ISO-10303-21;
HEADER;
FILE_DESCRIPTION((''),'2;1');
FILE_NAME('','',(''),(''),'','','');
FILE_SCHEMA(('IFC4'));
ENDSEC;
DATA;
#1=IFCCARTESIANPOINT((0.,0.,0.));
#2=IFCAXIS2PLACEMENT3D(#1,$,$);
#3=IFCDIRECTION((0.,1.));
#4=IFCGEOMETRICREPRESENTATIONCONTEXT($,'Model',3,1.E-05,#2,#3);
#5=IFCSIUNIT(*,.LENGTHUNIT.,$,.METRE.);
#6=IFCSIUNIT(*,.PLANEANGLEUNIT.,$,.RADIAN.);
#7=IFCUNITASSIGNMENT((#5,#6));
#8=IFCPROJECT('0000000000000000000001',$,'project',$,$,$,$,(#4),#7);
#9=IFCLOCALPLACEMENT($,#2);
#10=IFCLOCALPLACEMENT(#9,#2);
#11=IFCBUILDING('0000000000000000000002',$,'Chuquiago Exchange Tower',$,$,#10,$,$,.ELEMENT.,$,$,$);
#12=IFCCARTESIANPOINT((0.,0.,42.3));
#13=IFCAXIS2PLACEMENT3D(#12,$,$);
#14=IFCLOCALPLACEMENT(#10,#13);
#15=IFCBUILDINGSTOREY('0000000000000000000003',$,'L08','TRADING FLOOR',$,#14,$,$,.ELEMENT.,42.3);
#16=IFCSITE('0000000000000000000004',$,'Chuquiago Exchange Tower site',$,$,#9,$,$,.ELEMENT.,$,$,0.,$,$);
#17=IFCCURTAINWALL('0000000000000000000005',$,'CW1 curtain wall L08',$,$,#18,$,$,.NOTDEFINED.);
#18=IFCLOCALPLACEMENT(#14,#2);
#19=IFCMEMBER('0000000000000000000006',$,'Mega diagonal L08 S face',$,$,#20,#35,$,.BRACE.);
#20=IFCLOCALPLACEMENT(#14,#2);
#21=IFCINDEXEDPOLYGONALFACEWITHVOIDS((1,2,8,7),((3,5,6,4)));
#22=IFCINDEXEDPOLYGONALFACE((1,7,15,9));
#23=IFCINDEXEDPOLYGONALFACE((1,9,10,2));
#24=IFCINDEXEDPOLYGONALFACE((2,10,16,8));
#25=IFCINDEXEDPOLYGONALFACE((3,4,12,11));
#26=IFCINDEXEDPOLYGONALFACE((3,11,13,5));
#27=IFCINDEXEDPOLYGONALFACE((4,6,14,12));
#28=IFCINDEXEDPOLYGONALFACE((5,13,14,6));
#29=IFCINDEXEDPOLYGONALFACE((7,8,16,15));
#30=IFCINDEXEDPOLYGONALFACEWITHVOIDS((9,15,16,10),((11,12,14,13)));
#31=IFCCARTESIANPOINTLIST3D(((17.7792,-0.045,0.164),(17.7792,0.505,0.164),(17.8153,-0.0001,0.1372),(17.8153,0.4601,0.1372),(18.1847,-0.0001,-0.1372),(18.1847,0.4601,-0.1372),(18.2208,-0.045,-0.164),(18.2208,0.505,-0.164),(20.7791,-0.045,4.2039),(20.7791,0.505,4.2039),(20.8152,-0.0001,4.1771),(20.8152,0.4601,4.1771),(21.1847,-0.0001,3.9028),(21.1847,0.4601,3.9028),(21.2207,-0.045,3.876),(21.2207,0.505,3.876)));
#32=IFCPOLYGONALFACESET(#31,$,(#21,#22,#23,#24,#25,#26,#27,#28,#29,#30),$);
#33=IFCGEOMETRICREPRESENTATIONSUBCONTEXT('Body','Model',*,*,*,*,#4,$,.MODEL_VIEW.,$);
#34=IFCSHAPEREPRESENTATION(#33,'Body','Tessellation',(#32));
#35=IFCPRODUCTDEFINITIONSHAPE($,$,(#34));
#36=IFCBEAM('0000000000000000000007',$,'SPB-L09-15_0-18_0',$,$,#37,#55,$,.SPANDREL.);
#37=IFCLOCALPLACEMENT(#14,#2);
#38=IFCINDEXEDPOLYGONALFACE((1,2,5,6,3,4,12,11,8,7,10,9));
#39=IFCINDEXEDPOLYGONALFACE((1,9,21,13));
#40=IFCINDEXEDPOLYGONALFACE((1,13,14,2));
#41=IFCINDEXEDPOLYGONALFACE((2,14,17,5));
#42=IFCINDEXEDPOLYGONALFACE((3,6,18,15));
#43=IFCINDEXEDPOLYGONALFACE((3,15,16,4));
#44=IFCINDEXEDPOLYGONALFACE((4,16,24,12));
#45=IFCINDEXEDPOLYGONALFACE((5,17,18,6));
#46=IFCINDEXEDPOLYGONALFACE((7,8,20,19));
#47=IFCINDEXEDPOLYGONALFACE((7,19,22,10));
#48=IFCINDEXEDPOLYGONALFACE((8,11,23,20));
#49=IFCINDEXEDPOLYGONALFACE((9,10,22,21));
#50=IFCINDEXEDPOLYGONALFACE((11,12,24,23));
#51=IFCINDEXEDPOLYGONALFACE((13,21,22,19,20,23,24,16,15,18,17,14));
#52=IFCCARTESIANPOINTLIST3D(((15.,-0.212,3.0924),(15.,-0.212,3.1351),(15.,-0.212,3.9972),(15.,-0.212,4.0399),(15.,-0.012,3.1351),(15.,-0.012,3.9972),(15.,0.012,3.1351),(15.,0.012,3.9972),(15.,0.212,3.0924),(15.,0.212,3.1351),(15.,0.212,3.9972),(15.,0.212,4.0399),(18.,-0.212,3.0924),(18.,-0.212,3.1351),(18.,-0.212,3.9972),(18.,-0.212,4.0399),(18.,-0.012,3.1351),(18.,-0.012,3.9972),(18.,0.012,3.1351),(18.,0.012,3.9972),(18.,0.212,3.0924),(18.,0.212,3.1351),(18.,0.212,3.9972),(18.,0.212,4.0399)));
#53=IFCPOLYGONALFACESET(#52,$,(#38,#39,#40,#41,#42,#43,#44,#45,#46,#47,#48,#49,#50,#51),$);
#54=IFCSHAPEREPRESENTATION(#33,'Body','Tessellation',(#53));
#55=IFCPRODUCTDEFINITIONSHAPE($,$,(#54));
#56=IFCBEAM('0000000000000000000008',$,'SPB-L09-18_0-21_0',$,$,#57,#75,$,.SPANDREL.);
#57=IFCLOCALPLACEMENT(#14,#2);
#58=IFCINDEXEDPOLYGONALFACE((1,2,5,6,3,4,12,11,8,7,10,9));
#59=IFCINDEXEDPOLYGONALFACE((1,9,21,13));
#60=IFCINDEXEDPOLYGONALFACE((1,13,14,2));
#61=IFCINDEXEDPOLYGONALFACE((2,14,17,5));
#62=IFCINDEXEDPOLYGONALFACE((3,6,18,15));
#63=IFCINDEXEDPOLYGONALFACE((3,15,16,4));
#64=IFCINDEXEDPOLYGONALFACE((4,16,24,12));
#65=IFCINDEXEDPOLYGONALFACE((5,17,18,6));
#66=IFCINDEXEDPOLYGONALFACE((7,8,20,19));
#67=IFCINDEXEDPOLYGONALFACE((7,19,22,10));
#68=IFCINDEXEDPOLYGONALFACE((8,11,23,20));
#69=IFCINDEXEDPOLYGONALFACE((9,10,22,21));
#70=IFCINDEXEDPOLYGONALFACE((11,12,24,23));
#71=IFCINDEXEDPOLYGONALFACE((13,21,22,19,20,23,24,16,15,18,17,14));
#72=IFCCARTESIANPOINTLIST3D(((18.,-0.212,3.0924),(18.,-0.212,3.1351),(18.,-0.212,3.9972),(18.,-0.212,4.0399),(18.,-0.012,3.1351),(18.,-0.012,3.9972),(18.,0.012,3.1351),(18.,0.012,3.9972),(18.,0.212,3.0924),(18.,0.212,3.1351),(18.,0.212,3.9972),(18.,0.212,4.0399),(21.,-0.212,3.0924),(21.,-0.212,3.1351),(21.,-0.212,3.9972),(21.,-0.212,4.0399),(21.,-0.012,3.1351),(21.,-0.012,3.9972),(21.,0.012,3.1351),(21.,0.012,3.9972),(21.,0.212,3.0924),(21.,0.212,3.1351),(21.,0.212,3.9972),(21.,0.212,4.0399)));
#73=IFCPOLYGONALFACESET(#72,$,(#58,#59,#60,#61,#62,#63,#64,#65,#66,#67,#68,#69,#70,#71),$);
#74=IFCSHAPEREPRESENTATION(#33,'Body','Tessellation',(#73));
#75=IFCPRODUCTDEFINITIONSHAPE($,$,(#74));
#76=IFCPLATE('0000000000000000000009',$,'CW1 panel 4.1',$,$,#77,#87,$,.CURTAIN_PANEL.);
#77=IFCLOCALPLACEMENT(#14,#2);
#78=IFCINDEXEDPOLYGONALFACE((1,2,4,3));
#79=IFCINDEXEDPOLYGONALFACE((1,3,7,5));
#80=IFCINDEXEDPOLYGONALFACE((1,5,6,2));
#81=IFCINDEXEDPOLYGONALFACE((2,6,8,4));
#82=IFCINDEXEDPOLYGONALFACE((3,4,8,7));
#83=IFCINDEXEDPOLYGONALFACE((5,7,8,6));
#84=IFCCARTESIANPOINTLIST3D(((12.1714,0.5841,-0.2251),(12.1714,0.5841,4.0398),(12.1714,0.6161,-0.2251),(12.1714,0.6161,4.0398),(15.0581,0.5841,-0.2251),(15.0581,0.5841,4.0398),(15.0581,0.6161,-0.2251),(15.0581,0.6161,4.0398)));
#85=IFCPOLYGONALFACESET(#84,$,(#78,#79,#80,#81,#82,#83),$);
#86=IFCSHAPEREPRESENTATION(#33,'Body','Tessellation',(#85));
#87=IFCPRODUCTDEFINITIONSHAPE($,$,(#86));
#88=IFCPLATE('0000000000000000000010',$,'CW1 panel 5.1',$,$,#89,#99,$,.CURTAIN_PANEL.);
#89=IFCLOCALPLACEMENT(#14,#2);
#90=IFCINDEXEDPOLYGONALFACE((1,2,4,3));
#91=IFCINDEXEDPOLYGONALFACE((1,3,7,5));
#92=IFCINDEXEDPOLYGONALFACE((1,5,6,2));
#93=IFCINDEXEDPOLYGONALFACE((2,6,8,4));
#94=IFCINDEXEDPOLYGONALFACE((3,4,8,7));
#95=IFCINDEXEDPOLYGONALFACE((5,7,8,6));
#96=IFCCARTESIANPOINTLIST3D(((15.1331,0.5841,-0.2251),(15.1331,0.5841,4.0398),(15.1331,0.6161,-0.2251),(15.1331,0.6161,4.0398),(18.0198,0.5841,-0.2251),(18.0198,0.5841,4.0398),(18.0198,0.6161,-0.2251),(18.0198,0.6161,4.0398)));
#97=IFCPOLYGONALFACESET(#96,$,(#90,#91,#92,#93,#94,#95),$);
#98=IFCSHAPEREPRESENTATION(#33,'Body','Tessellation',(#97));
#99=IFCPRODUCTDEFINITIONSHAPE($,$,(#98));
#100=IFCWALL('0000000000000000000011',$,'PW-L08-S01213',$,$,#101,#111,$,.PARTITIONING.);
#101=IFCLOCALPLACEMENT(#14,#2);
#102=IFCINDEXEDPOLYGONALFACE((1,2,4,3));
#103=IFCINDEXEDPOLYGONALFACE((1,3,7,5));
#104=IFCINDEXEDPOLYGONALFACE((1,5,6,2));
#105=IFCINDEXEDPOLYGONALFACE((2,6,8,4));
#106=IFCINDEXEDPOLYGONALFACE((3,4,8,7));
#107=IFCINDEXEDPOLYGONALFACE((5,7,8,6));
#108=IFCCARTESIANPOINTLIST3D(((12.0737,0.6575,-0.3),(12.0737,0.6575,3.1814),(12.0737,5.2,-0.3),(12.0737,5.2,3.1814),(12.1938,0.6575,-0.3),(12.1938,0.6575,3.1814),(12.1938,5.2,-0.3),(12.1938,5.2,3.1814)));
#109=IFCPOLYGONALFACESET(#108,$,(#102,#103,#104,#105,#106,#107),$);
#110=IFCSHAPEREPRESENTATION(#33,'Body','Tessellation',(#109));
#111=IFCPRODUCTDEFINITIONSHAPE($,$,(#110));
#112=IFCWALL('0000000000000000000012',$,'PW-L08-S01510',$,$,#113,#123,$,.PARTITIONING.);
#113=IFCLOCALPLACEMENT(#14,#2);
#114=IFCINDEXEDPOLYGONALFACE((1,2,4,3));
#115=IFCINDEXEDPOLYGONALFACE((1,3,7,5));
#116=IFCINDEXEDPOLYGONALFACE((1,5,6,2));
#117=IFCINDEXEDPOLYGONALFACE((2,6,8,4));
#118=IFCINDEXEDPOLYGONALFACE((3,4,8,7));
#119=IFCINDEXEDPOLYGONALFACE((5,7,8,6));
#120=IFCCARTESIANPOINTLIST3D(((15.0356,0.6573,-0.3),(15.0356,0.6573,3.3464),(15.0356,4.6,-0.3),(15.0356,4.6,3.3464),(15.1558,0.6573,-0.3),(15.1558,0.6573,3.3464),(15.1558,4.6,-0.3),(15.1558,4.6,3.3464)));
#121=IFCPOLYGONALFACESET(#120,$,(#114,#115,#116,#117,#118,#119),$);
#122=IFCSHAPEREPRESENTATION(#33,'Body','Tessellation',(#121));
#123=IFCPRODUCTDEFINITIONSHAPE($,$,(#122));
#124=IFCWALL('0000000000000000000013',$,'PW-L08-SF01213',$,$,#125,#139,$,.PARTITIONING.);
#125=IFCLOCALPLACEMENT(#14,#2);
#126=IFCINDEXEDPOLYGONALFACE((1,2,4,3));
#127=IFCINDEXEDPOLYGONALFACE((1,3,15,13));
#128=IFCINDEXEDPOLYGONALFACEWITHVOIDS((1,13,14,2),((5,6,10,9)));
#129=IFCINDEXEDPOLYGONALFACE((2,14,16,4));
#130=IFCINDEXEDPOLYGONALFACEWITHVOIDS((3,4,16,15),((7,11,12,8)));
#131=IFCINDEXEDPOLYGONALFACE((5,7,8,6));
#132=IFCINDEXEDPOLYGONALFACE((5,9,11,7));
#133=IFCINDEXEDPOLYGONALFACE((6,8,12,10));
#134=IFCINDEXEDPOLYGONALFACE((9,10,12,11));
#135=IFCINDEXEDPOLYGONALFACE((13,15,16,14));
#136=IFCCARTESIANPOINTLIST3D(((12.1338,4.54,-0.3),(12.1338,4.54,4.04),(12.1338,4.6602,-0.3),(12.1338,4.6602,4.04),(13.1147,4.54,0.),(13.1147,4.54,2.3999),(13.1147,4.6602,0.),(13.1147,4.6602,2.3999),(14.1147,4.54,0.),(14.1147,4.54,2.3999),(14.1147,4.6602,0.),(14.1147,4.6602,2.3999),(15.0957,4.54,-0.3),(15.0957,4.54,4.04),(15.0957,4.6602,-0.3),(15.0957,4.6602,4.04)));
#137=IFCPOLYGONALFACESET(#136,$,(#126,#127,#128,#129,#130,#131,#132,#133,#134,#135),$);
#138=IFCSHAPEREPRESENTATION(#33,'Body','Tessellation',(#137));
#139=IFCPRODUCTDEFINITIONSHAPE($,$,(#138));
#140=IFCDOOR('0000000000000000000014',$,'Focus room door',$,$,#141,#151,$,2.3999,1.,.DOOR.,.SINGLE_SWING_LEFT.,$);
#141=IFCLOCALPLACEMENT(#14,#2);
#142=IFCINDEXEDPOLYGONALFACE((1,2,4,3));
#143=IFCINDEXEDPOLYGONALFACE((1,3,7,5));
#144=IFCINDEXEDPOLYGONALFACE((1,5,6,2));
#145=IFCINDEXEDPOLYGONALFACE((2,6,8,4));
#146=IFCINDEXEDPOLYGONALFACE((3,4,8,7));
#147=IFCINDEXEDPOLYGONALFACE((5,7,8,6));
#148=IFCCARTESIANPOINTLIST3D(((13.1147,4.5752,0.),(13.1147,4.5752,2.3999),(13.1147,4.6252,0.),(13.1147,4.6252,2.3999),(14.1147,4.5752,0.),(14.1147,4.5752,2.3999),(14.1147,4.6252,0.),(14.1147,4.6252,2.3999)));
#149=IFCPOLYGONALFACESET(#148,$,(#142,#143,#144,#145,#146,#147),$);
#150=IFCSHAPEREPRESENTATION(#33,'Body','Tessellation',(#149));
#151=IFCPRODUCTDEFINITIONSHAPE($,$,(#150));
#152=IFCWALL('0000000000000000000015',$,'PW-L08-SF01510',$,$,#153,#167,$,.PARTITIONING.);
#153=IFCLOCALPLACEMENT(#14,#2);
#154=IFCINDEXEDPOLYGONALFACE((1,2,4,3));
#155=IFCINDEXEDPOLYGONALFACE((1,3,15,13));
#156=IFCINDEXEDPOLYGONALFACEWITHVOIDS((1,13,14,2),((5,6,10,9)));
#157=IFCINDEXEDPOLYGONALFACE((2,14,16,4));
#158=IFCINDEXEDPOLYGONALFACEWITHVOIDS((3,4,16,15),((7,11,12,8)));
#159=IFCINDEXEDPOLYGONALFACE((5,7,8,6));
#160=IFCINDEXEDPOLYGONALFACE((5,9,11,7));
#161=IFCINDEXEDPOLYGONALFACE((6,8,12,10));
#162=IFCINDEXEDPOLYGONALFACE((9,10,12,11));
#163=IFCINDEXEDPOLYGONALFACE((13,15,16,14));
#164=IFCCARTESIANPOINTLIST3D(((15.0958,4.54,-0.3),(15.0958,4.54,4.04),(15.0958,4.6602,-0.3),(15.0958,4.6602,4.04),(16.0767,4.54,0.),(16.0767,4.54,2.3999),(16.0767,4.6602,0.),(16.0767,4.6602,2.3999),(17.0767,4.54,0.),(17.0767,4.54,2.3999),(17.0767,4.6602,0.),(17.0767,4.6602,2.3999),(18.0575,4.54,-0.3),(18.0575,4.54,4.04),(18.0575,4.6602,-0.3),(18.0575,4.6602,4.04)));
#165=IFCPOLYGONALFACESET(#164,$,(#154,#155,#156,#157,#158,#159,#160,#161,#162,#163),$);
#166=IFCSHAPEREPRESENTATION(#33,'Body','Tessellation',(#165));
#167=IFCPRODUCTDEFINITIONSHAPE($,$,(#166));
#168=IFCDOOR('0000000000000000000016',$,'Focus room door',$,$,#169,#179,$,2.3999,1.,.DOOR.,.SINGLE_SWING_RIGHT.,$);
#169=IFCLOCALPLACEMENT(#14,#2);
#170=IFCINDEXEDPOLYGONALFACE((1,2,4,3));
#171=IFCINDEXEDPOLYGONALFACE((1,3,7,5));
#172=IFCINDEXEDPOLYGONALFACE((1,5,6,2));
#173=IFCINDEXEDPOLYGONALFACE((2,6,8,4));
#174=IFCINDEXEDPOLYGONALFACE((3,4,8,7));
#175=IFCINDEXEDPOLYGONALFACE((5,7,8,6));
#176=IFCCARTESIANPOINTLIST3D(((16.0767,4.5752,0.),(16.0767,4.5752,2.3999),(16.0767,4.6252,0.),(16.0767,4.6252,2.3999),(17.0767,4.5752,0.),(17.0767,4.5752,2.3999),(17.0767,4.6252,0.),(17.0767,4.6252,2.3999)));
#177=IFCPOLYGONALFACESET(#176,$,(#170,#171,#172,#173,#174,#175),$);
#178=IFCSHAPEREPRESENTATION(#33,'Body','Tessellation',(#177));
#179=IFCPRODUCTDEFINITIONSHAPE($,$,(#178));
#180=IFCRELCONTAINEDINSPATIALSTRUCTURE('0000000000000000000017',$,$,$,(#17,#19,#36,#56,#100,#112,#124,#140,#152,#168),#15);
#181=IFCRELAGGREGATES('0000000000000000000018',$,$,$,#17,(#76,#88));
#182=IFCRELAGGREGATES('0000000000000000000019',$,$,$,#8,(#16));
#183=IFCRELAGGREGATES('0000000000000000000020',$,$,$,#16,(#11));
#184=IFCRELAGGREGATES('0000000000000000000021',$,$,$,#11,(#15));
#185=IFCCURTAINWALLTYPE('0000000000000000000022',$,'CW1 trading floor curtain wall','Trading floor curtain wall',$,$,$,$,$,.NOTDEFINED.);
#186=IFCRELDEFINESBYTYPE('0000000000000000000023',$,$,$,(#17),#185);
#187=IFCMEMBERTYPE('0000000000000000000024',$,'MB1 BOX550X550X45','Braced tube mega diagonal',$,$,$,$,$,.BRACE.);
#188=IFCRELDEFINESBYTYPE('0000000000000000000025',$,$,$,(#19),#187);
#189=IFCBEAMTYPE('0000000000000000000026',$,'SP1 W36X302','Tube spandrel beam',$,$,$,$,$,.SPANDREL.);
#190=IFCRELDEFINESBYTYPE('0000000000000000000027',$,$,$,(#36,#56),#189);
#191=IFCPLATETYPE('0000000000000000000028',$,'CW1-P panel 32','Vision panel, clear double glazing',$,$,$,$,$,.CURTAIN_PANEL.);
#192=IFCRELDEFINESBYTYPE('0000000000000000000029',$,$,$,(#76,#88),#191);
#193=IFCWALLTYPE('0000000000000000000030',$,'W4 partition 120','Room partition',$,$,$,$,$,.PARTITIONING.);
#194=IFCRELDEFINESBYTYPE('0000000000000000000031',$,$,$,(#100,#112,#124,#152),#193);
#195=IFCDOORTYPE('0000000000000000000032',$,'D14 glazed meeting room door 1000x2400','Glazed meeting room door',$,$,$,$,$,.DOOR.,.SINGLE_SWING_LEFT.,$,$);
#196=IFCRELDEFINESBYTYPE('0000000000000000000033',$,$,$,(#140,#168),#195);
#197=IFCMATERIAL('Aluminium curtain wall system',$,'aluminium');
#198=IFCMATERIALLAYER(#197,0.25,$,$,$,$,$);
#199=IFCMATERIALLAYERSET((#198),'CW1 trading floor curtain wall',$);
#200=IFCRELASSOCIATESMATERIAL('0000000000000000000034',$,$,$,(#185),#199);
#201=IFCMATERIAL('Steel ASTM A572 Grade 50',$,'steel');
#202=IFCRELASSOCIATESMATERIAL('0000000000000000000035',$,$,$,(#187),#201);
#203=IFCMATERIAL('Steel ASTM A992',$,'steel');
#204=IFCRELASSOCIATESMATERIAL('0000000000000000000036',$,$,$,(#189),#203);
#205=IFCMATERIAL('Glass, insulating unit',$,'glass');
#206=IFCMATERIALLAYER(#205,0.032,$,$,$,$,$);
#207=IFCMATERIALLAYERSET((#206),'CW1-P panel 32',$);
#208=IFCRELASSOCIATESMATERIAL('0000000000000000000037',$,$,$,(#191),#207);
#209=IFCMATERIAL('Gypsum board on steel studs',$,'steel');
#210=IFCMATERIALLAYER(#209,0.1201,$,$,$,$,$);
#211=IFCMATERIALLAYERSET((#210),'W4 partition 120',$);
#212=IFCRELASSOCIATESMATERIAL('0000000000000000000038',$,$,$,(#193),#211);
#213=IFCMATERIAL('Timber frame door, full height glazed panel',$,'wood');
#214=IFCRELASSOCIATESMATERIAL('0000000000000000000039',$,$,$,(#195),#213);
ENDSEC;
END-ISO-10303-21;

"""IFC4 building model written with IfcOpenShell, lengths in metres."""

from ifc_helpers import new_model, si_unit, direction, frame, frame_2d, origin, origin_2d, place, context, subcontext, project, spatial, rectangle, hollow_rectangle, i_section, extrude, material, layer, layer_set, material_profile, profile_set, type_object, element, fill, aggregate, save


model = new_model("IFC4")

# Units and contexts
model_context = context("Model", 3, precision=1e-05, world=origin(), true_north=direction((0.0, 1.0)))
body_context = subcontext(model_context, "Body", "Model", "MODEL_VIEW")
ifc_project = project(units=[si_unit("LENGTHUNIT", "METRE"), si_unit("PLANEANGLEUNIT", "RADIAN")], contexts=[model_context])

# Site, building, storey
site_placement = place(None, origin())
site = spatial("IfcSite", under=ifc_project, at=site_placement, Name="Chuquiago Exchange Tower site", CompositionType="ELEMENT", RefElevation=0.0)
building_placement = place(site_placement, origin())
building = spatial("IfcBuilding", under=site, at=building_placement, Name="Chuquiago Exchange Tower", CompositionType="ELEMENT")
storey_placement = place(building_placement, frame((0.0, 0.0, 42.3)))
storey = spatial("IfcBuildingStorey", under=building, at=storey_placement, Name="L08", Description="TRADING FLOOR", CompositionType="ELEMENT", Elevation=42.3)

# Curtain wall
ifc_material_1 = material(Name="Aluminium curtain wall system", Category="aluminium")
ifc_layer_1 = layer(ifc_material_1, 0.25)
ifc_layer_set_1 = layer_set([ifc_layer_1], Name="CW1 trading floor curtain wall")
curtain_wall_type = type_object("IfcCurtainWallType", Name="CW1 trading floor curtain wall", Description="Trading floor curtain wall", PredefinedType="NOTDEFINED", material=ifc_layer_set_1)
curtain_wall_placement = place(storey_placement, origin())
curtain_wall = element("IfcCurtainWall", 1, at=curtain_wall_placement, inside=storey, type_object=curtain_wall_type, Name="CW1 curtain wall L08", PredefinedType="NOTDEFINED")

# Member
ifc_material_2 = material(Name="Steel ASTM A572 Grade 50", Category="steel")
ifc_material_profile_1 = material_profile(ifc_material_2, hollow_rectangle(XDim=0.55, YDim=0.55, WallThickness=0.0449, at=origin_2d()), Name="BOX550X550X45")
ifc_profile_set_1 = profile_set([ifc_material_profile_1], Name="Steel ASTM A572 Grade 50")
member_type_1 = type_object("IfcMemberType", Name="MB1 BOX550X550X45", Description="Braced tube mega diagonal", PredefinedType="BRACE", material=ifc_profile_set_1)
member_1_placement = place(storey_placement, frame((18.0, 0.23, 0.0), z_axis=(0.596174, 0.0, 0.802855), x_axis=(0.0, 1.0, 0.0)))
element("IfcMember", 2, at=member_1_placement, inside=storey, type_object=member_type_1, Name="Mega diagonal L08 S face", PredefinedType="BRACE", context=body_context, shape_type="SweptSolid", body=[
    extrude(hollow_rectangle(XDim=0.55, YDim=0.55, WallThickness=0.0449, at=origin_2d()), origin(), (0.0, 0.0, 1.0), 5.032),
])

# Beams
ifc_material_3 = material(Name="Steel ASTM A992", Category="steel")
ifc_material_profile_2 = material_profile(ifc_material_3, i_section(OverallWidth=0.4241, OverallDepth=0.9475, WebThickness=0.0239, FlangeThickness=0.0427, at=origin_2d()), Name="W36X302")
ifc_profile_set_2 = profile_set([ifc_material_profile_2], Name="Steel ASTM A992")
beam_type_1 = type_object("IfcBeamType", Name="SP1 W36X302", Description="Tube spandrel beam", PredefinedType="SPANDREL", material=ifc_profile_set_2)
for number, where, z_axis, x_axis, name in (
    (3, (15.0, 0.0, 3.5662), (1.0, 0.0, 0.0), (0.0, 1.0, 0.0), "SPB-L09-15_0-18_0"),
    (4, (18.0, 0.0, 3.5662), (1.0, 0.0, 0.0), (0.0, 1.0, 0.0), "SPB-L09-18_0-21_0"),
):
    element("IfcBeam", number, at=place(storey_placement, frame(where, z_axis=z_axis, x_axis=x_axis)), inside=storey, type_object=beam_type_1, Name=name, PredefinedType="SPANDREL", context=body_context, shape_type="SweptSolid", body=[
        extrude(i_section(OverallWidth=0.4241, OverallDepth=0.9475, WebThickness=0.0239, FlangeThickness=0.0427, at=origin_2d()), origin(), (0.0, 0.0, 1.0), 3.0),
    ])

# Plates
ifc_material_4 = material(Name="Glass, insulating unit", Category="glass")
ifc_layer_2 = layer(ifc_material_4, 0.032)
ifc_layer_set_2 = layer_set([ifc_layer_2], Name="CW1-P panel 32")
plate_type = type_object("IfcPlateType", Name="CW1-P panel 32", Description="Vision panel, clear double glazing", PredefinedType="CURTAIN_PANEL", material=ifc_layer_set_2)
plate_1_placement = place(storey_placement, frame((13.6147, 0.6001, -0.2251), z_axis=(0.0, 0.0, 1.0), x_axis=(1.0, 0.0, 0.0)))
plate_1 = element("IfcPlate", 5, at=plate_1_placement, type_object=plate_type, Name="CW1 panel 4.1", PredefinedType="CURTAIN_PANEL", context=body_context, shape_type="SweptSolid", body=[
    extrude(rectangle(XDim=2.8867, YDim=0.032, at=origin_2d()), origin(), (0.0, 0.0, 1.0), 4.2649),
])
plate_2_placement = place(storey_placement, frame((16.5764, 0.6001, -0.2251), z_axis=(0.0, 0.0, 1.0), x_axis=(1.0, 0.0, 0.0)))
plate_2 = element("IfcPlate", 6, at=plate_2_placement, type_object=plate_type, Name="CW1 panel 5.1", PredefinedType="CURTAIN_PANEL", context=body_context, shape_type="SweptSolid", body=[
    extrude(rectangle(XDim=2.8867, YDim=0.032, at=origin_2d()), origin(), (0.0, 0.0, 1.0), 4.2649),
])
aggregate(curtain_wall, [plate_1, plate_2])

# Walls
ifc_material_5 = material(Name="Gypsum board on steel studs", Category="steel")
ifc_layer_3 = layer(ifc_material_5, 0.1201)
ifc_layer_set_3 = layer_set([ifc_layer_3], Name="W4 partition 120")
wall_type = type_object("IfcWallType", Name="W4 partition 120", Description="Room partition", PredefinedType="PARTITIONING", material=ifc_layer_set_3)
wall_1_placement = place(storey_placement, frame((12.1338, 0.6575, -0.3), z_axis=(0.0, 0.0, 1.0), x_axis=(0.0, 1.0, 0.0)))
element("IfcWall", 7, at=wall_1_placement, inside=storey, type_object=wall_type, Name="PW-L08-S01213", PredefinedType="PARTITIONING", context=body_context, shape_type="SweptSolid", body=[
    extrude(rectangle(XDim=4.5425, YDim=0.1201, at=frame_2d((2.2712, 0.0))), origin(), (0.0, 0.0, 1.0), 3.4814),
])
wall_2_placement = place(storey_placement, frame((15.0957, 0.6575, -0.3), z_axis=(0.0, 0.0, 1.0), x_axis=(0.0, 1.0, 0.0)))
element("IfcWall", 8, at=wall_2_placement, inside=storey, type_object=wall_type, Name="PW-L08-S01510", PredefinedType="PARTITIONING", context=body_context, shape_type="SweptSolid", body=[
    extrude(rectangle(XDim=3.9426, YDim=0.1201, at=frame_2d((1.9712, 0.0))), origin(), (0.0, 0.0, 1.0), 3.6465),
])

# Walls, openings, doors
wall_3_placement = place(storey_placement, frame((12.1338, 4.6001, -0.3), z_axis=(0.0, 0.0, 1.0), x_axis=(1.0, 0.0, 0.0)))
wall_3 = element("IfcWall", 9, at=wall_3_placement, inside=storey, type_object=wall_type, Name="PW-L08-SF01213", PredefinedType="PARTITIONING", context=body_context, shape_type="SweptSolid", body=[
    extrude(rectangle(XDim=2.9619, YDim=0.1201, at=frame_2d((1.481, 0.0))), origin(), (0.0, 0.0, 1.0), 4.3401),
])
opening_1_placement = place(wall_3_placement, frame((0.981, 0.0, 0.3)))
opening_1 = element("IfcOpeningElement", 10, at=opening_1_placement, cuts=wall_3, PredefinedType="OPENING", context=body_context, shape_type="SweptSolid", body=[
    extrude(rectangle(XDim=1.0, YDim=2.3999, at=frame_2d((0.5, 1.2))), frame((0.0, 0.0701, 0.0), z_axis=(0.0, -1.0, 0.0), x_axis=(1.0, 0.0, 0.0)), (0.0, 0.0, 1.0), 0.1401),
])
ifc_material_6 = material(Name="Timber frame door, full height glazed panel", Category="wood")
door_type = type_object("IfcDoorType", Name="D14 glazed meeting room door 1000x2400", Description="Glazed meeting room door", OperationType="SINGLE_SWING_LEFT", PredefinedType="DOOR", material=ifc_material_6)
door_1_placement = place(opening_1_placement, frame((1.0, 0.0, 0.0), z_axis=(0.0, 0.0, 1.0), x_axis=(-1.0, 0.0, 0.0)))
door_1 = element("IfcDoor", 11, at=door_1_placement, inside=storey, type_object=door_type, Name="Focus room door", OperationType="SINGLE_SWING_LEFT", OverallHeight=2.3999, OverallWidth=1.0, PredefinedType="DOOR", context=body_context, shape_type="SweptSolid", body=[
    extrude(rectangle(XDim=1.0, YDim=2.3999, at=frame_2d((0.5, 1.2))), frame((0.0, 0.0249, 0.0), z_axis=(0.0, -1.0, 0.0), x_axis=(1.0, 0.0, 0.0)), (0.0, 0.0, 1.0), 0.05),
])
fill(opening_1, door_1)
wall_4_placement = place(storey_placement, frame((15.0957, 4.6001, -0.3), z_axis=(0.0, 0.0, 1.0), x_axis=(1.0, 0.0, 0.0)))
wall_4 = element("IfcWall", 12, at=wall_4_placement, inside=storey, type_object=wall_type, Name="PW-L08-SF01510", PredefinedType="PARTITIONING", context=body_context, shape_type="SweptSolid", body=[
    extrude(rectangle(XDim=2.9617, YDim=0.1201, at=frame_2d((1.481, 0.0))), origin(), (0.0, 0.0, 1.0), 4.3401),
])
opening_2_placement = place(wall_4_placement, frame((0.981, 0.0, 0.3)))
opening_2 = element("IfcOpeningElement", 13, at=opening_2_placement, cuts=wall_4, PredefinedType="OPENING", context=body_context, shape_type="SweptSolid", body=[
    extrude(rectangle(XDim=1.0, YDim=2.3999, at=frame_2d((0.5, 1.2))), frame((0.0, 0.0701, 0.0), z_axis=(0.0, -1.0, 0.0), x_axis=(1.0, 0.0, 0.0)), (0.0, 0.0, 1.0), 0.1401),
])
door_2_placement = place(opening_2_placement, frame((1.0, 0.0, 0.0), z_axis=(0.0, 0.0, 1.0), x_axis=(-1.0, 0.0, 0.0)))
door_2 = element("IfcDoor", 14, at=door_2_placement, inside=storey, type_object=door_type, Name="Focus room door", OperationType="SINGLE_SWING_RIGHT", OverallHeight=2.3999, OverallWidth=1.0, PredefinedType="DOOR", context=body_context, shape_type="SweptSolid", body=[
    extrude(rectangle(XDim=1.0, YDim=2.3999, at=frame_2d((0.5, 1.2))), frame((0.0, 0.0249, 0.0), z_axis=(0.0, -1.0, 0.0), x_axis=(1.0, 0.0, 0.0)), (0.0, 0.0, 1.0), 0.05),
])
fill(opening_2, door_2)

save(model, "model.ifc")
